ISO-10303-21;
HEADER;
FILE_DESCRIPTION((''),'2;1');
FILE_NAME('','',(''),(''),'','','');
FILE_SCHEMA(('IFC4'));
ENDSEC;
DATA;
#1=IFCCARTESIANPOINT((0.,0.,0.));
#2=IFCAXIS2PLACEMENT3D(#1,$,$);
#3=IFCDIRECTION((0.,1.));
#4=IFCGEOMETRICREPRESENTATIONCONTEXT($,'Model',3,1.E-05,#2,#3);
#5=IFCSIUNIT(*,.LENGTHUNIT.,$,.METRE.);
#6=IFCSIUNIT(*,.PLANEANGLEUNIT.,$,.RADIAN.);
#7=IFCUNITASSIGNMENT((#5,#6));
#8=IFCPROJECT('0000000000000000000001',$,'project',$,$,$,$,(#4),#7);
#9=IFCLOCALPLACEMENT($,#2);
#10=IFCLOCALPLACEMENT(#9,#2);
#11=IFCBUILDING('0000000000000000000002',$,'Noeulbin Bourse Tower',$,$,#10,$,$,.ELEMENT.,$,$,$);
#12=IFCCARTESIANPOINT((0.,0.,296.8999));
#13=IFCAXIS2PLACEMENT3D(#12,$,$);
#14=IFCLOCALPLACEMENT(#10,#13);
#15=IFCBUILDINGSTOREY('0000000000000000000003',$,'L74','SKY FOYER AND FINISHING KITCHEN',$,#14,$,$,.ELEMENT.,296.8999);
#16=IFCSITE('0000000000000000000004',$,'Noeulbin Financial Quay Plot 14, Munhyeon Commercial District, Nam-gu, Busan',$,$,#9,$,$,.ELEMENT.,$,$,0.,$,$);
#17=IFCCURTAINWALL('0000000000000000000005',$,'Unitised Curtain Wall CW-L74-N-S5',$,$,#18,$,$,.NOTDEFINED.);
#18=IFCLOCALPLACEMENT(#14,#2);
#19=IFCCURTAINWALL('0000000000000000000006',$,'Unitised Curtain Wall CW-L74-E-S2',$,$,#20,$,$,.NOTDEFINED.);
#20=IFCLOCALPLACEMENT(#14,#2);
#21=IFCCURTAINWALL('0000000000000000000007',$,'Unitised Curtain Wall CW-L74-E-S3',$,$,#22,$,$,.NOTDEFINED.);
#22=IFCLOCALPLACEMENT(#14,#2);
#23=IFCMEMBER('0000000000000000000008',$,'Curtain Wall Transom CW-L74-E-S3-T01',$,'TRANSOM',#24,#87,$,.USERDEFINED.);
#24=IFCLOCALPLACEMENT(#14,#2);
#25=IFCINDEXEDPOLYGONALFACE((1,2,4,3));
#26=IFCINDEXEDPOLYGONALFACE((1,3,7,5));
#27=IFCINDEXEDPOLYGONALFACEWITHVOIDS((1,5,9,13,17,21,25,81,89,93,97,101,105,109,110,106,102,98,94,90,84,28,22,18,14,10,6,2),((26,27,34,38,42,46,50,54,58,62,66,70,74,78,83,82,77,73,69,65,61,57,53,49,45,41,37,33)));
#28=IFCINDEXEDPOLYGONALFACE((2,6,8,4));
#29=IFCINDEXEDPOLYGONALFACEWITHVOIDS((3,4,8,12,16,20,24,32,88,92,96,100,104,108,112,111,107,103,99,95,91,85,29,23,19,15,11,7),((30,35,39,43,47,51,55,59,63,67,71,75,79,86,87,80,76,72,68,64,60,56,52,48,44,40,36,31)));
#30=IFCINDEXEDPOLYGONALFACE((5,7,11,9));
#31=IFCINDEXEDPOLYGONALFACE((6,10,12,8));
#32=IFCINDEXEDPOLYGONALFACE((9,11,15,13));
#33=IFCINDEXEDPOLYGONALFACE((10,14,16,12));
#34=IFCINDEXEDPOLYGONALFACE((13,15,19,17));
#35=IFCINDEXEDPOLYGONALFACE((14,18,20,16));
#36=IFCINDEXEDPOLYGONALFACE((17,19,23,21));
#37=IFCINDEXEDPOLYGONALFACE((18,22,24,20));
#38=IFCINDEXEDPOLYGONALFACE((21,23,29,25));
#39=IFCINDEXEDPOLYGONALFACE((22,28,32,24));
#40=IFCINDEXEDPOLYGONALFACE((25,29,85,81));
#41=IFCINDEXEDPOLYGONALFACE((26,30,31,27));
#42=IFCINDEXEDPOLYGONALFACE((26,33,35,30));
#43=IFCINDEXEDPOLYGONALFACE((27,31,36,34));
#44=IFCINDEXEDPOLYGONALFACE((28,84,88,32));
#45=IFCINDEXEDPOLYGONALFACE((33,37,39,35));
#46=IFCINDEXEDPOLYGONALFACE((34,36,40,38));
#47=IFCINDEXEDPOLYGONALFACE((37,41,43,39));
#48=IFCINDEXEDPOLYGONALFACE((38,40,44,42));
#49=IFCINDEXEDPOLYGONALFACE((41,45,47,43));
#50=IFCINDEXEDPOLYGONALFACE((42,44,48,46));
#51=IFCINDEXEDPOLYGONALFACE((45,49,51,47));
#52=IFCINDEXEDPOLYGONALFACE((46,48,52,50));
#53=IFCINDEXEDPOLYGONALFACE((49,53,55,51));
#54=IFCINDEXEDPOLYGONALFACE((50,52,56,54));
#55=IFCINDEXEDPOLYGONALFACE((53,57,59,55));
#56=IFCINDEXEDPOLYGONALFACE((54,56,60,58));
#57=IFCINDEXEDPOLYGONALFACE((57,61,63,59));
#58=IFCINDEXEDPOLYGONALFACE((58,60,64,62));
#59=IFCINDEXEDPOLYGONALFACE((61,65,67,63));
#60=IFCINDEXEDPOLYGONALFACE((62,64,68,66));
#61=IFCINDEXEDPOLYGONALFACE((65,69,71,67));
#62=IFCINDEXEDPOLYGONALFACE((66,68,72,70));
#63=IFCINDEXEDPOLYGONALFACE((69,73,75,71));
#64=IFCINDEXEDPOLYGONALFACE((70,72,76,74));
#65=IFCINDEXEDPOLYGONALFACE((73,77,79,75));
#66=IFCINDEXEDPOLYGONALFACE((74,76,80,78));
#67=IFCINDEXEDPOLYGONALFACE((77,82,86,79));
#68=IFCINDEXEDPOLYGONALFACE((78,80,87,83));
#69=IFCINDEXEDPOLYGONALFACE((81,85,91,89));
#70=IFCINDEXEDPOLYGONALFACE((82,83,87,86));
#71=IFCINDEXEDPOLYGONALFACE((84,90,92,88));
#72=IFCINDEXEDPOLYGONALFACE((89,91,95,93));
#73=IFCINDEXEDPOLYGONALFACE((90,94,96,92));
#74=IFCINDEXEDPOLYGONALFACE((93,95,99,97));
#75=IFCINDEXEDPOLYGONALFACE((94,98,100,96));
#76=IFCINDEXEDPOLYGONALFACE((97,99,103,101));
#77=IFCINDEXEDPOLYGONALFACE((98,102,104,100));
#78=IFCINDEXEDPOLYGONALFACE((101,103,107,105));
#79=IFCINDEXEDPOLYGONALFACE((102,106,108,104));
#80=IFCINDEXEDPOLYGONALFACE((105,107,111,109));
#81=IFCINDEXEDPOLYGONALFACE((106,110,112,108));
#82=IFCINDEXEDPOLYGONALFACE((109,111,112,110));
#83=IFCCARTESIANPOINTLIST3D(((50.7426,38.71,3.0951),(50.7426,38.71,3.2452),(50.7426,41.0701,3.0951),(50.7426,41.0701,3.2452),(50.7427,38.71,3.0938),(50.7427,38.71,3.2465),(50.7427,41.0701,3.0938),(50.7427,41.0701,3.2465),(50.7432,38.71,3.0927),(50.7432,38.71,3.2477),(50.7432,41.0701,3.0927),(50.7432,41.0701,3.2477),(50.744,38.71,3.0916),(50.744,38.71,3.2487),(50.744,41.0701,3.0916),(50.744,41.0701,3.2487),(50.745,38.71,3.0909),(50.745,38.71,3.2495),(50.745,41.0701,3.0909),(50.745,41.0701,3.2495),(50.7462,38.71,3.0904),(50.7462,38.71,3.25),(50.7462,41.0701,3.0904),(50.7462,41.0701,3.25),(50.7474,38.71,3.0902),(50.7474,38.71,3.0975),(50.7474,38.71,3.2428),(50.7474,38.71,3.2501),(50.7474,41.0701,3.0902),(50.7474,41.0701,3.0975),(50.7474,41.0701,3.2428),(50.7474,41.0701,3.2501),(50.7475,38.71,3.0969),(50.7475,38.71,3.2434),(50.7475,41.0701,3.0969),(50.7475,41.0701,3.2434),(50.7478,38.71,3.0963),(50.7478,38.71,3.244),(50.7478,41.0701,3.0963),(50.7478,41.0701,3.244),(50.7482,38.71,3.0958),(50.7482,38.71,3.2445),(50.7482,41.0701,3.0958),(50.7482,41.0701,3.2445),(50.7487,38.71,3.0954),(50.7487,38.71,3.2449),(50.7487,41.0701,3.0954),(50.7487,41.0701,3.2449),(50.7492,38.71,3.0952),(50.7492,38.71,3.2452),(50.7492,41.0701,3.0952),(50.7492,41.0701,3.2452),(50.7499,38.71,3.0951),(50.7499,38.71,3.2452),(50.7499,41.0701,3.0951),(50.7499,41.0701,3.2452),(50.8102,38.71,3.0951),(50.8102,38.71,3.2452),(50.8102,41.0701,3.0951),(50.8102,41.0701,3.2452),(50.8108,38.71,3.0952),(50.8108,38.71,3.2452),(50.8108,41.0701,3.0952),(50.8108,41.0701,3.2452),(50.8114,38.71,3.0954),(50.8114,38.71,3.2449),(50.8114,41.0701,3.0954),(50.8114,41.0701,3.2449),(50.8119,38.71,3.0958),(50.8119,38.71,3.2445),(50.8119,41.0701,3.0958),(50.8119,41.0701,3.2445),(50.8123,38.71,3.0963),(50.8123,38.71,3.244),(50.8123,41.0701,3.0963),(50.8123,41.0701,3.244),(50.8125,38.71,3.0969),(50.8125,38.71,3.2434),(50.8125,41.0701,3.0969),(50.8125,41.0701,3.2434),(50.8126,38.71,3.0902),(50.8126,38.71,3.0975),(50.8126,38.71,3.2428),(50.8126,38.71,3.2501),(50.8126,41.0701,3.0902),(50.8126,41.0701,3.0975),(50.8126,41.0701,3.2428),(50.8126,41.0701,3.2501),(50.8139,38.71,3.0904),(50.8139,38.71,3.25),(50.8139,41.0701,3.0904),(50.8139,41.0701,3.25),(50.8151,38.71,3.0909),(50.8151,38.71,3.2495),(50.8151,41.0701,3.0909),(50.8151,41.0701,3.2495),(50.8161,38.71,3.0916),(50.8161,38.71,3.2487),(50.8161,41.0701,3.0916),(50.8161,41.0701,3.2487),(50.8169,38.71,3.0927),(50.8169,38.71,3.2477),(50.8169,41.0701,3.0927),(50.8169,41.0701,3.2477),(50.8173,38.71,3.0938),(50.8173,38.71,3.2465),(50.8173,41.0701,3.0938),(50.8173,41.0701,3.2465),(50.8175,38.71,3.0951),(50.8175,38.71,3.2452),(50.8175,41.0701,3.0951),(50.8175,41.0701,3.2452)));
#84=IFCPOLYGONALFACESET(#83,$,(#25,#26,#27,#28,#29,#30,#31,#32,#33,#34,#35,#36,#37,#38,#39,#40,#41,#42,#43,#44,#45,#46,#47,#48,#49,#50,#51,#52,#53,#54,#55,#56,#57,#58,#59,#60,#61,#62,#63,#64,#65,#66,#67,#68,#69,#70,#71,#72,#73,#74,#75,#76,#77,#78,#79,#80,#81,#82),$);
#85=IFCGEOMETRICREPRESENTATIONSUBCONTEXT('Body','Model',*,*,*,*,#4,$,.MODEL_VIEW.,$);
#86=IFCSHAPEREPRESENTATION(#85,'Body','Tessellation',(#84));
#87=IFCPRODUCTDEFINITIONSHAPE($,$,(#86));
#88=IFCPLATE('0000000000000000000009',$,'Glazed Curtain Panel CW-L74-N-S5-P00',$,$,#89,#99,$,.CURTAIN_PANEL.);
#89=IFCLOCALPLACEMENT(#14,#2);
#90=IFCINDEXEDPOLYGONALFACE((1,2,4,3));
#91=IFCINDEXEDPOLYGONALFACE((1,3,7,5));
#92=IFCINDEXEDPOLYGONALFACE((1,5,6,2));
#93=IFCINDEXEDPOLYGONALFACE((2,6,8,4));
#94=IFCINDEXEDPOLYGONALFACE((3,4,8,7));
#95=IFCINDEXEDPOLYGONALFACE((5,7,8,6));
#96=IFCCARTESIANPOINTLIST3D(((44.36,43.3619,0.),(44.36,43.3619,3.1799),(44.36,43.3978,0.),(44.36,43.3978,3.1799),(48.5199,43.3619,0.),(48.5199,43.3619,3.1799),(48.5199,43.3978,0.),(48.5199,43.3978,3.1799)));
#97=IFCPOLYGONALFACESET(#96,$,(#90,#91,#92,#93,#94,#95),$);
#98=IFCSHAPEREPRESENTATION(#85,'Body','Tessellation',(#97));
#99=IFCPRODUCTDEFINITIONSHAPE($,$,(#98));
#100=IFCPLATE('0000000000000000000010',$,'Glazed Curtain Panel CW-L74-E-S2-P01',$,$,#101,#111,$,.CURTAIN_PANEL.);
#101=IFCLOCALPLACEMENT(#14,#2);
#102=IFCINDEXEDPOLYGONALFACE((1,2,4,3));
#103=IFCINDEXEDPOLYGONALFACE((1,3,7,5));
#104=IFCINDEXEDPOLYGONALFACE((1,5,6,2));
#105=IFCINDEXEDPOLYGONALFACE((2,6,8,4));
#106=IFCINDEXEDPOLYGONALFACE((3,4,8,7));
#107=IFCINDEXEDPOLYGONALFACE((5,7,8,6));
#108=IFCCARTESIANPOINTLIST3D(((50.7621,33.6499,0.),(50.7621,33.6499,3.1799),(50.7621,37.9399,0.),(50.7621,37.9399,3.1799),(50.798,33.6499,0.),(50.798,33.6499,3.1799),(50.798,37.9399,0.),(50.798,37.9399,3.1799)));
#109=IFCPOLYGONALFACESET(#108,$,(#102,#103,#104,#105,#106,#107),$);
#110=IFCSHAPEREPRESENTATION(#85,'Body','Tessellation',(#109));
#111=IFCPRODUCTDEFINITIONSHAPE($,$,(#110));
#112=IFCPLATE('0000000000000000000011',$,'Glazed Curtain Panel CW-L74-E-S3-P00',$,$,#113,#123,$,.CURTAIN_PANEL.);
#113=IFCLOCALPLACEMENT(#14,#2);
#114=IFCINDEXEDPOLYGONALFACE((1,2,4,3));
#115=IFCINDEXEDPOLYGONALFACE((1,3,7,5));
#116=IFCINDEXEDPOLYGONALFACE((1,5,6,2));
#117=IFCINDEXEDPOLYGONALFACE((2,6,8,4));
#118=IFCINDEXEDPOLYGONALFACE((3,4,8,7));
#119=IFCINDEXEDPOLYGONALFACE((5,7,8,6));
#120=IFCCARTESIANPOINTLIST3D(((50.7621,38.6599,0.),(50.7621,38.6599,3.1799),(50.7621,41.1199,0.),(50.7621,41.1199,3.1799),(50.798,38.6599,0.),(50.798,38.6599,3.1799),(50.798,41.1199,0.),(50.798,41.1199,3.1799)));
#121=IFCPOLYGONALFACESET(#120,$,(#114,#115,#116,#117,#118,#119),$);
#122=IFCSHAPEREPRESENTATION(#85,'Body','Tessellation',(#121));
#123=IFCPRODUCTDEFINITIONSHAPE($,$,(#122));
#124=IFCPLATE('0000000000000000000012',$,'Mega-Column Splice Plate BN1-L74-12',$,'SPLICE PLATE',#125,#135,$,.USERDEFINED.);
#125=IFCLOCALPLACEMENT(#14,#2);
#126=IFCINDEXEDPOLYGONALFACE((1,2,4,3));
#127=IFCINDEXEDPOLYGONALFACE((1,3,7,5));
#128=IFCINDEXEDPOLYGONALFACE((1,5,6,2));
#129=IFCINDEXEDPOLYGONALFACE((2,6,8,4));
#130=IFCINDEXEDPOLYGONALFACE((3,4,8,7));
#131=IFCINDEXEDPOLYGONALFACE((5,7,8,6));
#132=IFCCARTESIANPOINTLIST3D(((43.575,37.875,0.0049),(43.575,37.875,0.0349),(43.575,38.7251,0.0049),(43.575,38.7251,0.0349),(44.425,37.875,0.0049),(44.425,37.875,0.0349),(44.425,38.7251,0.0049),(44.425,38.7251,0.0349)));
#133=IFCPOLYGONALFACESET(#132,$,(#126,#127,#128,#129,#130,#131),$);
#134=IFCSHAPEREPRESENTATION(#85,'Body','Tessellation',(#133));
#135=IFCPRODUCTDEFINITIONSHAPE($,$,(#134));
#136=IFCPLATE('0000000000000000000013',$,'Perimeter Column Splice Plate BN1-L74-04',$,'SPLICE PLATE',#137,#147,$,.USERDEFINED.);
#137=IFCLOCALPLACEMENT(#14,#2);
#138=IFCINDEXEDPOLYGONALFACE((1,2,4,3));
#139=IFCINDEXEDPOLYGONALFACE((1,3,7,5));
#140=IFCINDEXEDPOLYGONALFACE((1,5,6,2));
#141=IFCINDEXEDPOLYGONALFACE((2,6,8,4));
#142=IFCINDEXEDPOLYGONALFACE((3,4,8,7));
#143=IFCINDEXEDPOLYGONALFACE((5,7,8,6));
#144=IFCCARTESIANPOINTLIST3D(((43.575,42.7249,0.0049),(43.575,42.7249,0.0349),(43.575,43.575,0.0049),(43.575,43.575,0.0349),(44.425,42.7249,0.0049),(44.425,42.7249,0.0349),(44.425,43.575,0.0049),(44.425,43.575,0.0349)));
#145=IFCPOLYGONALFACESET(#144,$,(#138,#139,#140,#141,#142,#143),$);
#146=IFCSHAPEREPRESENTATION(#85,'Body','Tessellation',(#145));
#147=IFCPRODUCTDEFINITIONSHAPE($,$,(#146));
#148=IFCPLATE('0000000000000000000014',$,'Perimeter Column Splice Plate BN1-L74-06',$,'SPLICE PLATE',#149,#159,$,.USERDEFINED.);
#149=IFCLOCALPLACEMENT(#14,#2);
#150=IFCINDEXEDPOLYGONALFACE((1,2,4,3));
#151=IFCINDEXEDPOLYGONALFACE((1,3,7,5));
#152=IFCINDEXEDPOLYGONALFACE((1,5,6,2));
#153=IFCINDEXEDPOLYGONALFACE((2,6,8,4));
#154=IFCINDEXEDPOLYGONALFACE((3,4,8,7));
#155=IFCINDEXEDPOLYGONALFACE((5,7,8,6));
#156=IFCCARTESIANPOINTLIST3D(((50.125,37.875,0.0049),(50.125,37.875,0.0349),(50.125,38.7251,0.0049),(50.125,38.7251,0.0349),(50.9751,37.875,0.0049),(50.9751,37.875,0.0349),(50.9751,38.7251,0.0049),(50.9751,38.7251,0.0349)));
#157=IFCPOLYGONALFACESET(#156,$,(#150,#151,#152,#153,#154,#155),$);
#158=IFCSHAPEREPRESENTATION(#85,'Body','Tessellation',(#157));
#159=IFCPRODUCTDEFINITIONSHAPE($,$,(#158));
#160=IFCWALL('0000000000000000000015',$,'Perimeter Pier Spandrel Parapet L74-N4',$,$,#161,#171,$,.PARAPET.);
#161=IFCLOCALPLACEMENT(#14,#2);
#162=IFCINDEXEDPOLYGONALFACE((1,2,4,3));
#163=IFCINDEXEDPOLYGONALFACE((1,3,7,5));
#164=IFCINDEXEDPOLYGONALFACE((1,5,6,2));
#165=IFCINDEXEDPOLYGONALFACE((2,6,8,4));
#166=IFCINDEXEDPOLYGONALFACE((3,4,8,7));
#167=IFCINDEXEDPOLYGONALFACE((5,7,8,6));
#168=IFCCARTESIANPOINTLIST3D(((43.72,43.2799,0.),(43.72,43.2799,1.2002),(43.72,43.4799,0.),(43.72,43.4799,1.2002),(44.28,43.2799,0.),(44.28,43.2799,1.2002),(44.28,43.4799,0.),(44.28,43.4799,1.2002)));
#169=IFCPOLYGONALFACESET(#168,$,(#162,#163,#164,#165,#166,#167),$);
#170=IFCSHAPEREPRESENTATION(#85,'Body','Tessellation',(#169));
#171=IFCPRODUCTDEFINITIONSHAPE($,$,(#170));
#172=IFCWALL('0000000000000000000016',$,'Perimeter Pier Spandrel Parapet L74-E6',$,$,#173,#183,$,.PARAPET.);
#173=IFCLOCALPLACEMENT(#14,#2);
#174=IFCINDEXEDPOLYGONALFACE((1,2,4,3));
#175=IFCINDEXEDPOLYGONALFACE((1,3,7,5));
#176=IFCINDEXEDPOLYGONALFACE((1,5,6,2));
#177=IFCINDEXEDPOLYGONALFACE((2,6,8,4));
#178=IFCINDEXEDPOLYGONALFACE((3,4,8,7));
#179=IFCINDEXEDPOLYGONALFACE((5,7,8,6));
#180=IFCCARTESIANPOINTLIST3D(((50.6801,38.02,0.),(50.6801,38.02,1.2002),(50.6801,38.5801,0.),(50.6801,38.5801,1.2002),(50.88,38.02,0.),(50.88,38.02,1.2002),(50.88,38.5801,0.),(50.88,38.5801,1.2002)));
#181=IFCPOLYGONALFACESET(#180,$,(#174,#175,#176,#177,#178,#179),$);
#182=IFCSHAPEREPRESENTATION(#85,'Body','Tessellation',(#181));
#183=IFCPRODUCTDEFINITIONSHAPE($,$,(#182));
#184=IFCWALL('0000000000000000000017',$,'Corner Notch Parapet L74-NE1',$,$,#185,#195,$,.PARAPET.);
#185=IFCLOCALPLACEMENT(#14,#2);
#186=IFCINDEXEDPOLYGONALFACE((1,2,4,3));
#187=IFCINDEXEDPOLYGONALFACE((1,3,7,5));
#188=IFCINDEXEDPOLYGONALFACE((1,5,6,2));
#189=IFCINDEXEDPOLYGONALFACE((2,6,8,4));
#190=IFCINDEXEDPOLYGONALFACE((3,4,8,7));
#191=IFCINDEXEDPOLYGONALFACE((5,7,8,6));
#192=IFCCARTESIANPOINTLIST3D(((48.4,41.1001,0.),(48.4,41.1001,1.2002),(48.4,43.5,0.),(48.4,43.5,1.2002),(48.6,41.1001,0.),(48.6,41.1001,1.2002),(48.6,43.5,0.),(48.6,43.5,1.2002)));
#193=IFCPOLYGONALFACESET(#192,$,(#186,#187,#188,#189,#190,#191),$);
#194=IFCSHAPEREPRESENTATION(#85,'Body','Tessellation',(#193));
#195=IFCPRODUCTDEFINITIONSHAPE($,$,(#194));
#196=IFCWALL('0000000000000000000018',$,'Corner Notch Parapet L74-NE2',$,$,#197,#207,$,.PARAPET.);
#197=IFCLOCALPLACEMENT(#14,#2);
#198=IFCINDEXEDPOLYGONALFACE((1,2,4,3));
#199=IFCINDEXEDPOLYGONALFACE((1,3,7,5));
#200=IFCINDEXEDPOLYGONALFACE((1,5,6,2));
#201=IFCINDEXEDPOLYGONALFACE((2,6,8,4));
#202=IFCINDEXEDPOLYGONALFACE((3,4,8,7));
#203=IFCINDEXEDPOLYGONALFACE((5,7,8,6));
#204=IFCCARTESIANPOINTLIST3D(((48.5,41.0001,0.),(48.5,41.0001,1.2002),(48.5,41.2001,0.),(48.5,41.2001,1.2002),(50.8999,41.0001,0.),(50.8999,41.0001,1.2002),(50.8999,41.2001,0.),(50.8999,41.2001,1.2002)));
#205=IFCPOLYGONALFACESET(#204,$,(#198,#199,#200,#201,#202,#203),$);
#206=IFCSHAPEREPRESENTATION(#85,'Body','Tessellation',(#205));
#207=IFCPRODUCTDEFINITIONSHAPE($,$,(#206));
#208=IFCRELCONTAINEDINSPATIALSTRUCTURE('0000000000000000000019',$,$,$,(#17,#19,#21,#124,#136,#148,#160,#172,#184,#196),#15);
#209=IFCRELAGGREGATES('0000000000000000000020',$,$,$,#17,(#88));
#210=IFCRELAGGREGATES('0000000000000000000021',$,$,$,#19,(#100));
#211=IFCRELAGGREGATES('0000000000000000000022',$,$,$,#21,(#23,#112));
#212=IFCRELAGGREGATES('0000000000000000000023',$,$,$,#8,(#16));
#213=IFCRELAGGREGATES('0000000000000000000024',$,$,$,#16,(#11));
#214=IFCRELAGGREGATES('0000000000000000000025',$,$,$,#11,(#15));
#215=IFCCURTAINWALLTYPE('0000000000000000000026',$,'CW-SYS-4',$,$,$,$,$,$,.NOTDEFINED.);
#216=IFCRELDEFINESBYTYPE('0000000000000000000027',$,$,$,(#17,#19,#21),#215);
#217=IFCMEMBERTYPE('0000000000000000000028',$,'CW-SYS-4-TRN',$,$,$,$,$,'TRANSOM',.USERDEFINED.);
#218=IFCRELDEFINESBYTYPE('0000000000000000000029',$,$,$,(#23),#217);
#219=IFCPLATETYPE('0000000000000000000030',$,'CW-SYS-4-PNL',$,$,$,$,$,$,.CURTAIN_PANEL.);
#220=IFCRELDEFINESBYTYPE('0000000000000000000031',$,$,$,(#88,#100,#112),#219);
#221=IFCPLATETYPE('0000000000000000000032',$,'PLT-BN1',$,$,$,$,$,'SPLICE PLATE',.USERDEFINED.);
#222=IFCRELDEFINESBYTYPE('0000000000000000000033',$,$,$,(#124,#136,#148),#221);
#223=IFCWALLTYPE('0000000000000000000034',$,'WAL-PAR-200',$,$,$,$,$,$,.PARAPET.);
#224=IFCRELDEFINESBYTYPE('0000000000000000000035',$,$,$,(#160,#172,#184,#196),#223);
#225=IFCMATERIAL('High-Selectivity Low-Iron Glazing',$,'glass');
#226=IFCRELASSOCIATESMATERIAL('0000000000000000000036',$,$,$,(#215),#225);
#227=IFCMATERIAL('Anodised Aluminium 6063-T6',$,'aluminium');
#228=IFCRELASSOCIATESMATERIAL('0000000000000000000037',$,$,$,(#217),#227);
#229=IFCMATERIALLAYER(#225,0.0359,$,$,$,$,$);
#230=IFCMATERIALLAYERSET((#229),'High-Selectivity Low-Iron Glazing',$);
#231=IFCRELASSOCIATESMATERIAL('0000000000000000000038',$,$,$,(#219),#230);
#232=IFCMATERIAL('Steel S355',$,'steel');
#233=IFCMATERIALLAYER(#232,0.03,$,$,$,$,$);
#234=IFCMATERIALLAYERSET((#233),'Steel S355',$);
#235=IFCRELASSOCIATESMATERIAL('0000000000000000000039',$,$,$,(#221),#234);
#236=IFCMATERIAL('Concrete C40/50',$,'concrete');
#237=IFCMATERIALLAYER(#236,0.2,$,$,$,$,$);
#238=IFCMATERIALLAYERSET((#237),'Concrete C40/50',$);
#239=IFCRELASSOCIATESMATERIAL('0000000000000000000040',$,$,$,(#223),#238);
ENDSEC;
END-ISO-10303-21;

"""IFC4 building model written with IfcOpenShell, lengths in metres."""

from ifc_helpers import new_model, si_unit, direction, frame, frame_2d, origin, origin_2d, place, context, subcontext, project, spatial, rectangle, hollow_rectangle, extrude, material, layer, layer_set, material_profile, profile_set, type_object, element, aggregate, save


model = new_model("IFC4")

# Units and contexts
model_context = context("Model", 3, precision=1e-05, world=origin(), true_north=direction((0.0, 1.0)))
body_context = subcontext(model_context, "Body", "Model", "MODEL_VIEW")
ifc_project = project(units=[si_unit("LENGTHUNIT", "METRE"), si_unit("PLANEANGLEUNIT", "RADIAN")], contexts=[model_context])

# Site, building, storey
site_placement = place(None, origin())
site = spatial("IfcSite", under=ifc_project, at=site_placement, Name="Noeulbin Financial Quay Plot 14, Munhyeon Commercial District, Nam-gu, Busan", CompositionType="ELEMENT", RefElevation=0.0)
building_placement = place(site_placement, origin())
building = spatial("IfcBuilding", under=site, at=building_placement, Name="Noeulbin Bourse Tower", CompositionType="ELEMENT")
storey_placement = place(building_placement, frame((0.0, 0.0, 296.8999)))
storey = spatial("IfcBuildingStorey", under=building, at=storey_placement, Name="L74", Description="SKY FOYER AND FINISHING KITCHEN", CompositionType="ELEMENT", Elevation=296.8999)

# Shared definitions
ifc_material_1 = material(Name="Steel S355", Category="steel")

# Shared definitions
ifc_material_2 = material(Name="High-Selectivity Low-Iron Glazing", Category="glass")
curtain_wall_type = type_object("IfcCurtainWallType", Name="CW-SYS-4", PredefinedType="NOTDEFINED", material=ifc_material_2)
ifc_material_3 = material(Name="Anodised Aluminium 6063-T6", Category="aluminium")

# Curtain walls
curtain_wall_1_placement = place(storey_placement, origin())
curtain_wall_1 = element("IfcCurtainWall", 1, at=curtain_wall_1_placement, inside=storey, type_object=curtain_wall_type, Name="Unitised Curtain Wall CW-L74-N-S5", PredefinedType="NOTDEFINED")
curtain_wall_2_placement = place(storey_placement, origin())
curtain_wall_2 = element("IfcCurtainWall", 2, at=curtain_wall_2_placement, inside=storey, type_object=curtain_wall_type, Name="Unitised Curtain Wall CW-L74-E-S2", PredefinedType="NOTDEFINED")
curtain_wall_3_placement = place(storey_placement, origin())
curtain_wall_3 = element("IfcCurtainWall", 3, at=curtain_wall_3_placement, inside=storey, type_object=curtain_wall_type, Name="Unitised Curtain Wall CW-L74-E-S3", PredefinedType="NOTDEFINED")

# Member
ifc_material_profile_1 = material_profile(ifc_material_3, hollow_rectangle(XDim=0.075, YDim=0.1599, WallThickness=0.0049, InnerFilletRadius=0.0024, OuterFilletRadius=0.0049, at=origin_2d()), Name="ALU-TRAN-75x160x5", Category="LoadBearing")
ifc_profile_set_1 = profile_set([ifc_material_profile_1], Name="Anodised Aluminium 6063-T6")
member_type_1 = type_object("IfcMemberType", Name="CW-SYS-4-TRN", ElementType="TRANSOM", PredefinedType="USERDEFINED", material=ifc_profile_set_1)
member_1_placement = place(storey_placement, frame((50.78, 38.71, 3.1702), z_axis=(0.0, 1.0, 0.0), x_axis=(-1.0, 0.0, 0.0)))
member_1 = element("IfcMember", 4, at=member_1_placement, type_object=member_type_1, Name="Curtain Wall Transom CW-L74-E-S3-T01", ObjectType="TRANSOM", PredefinedType="USERDEFINED", context=body_context, shape_type="SweptSolid", body=[
    extrude(hollow_rectangle(XDim=0.075, YDim=0.1599, WallThickness=0.0049, InnerFilletRadius=0.0024, OuterFilletRadius=0.0049, at=origin_2d()), origin(), (0.0, 0.0, 1.0), 2.3601),
])

# Plates
ifc_layer_1 = layer(ifc_material_2, 0.0359)
ifc_layer_set_1 = layer_set([ifc_layer_1], Name="High-Selectivity Low-Iron Glazing")
plate_type_1 = type_object("IfcPlateType", Name="CW-SYS-4-PNL", PredefinedType="CURTAIN_PANEL", material=ifc_layer_set_1)
plate_1_placement = place(storey_placement, frame((46.4399, 43.3799, 0.0), z_axis=(0.0, 0.0, 1.0), x_axis=(1.0, 0.0, 0.0)))
plate_1 = element("IfcPlate", 5, at=plate_1_placement, type_object=plate_type_1, Name="Glazed Curtain Panel CW-L74-N-S5-P00", PredefinedType="CURTAIN_PANEL", context=body_context, shape_type="SweptSolid", body=[
    extrude(rectangle(XDim=4.1599, YDim=0.0359, at=origin_2d()), origin(), (0.0, 0.0, 1.0), 3.1799),
])
aggregate(curtain_wall_1, [plate_1])
plate_2_placement = place(storey_placement, frame((50.78, 35.7949, 0.0), z_axis=(0.0, 0.0, 1.0), x_axis=(0.0, 1.0, 0.0)))
plate_2 = element("IfcPlate", 6, at=plate_2_placement, type_object=plate_type_1, Name="Glazed Curtain Panel CW-L74-E-S2-P01", PredefinedType="CURTAIN_PANEL", context=body_context, shape_type="SweptSolid", body=[
    extrude(rectangle(XDim=4.29, YDim=0.0359, at=origin_2d()), origin(), (0.0, 0.0, 1.0), 3.1799),
])
aggregate(curtain_wall_2, [plate_2])
plate_3_placement = place(storey_placement, frame((50.78, 39.8899, 0.0), z_axis=(0.0, 0.0, 1.0), x_axis=(0.0, 1.0, 0.0)))
plate_3 = element("IfcPlate", 7, at=plate_3_placement, type_object=plate_type_1, Name="Glazed Curtain Panel CW-L74-E-S3-P00", PredefinedType="CURTAIN_PANEL", context=body_context, shape_type="SweptSolid", body=[
    extrude(rectangle(XDim=2.46, YDim=0.0359, at=origin_2d()), origin(), (0.0, 0.0, 1.0), 3.1799),
])
aggregate(curtain_wall_3, [member_1, plate_3])

# Plates
ifc_layer_2 = layer(ifc_material_1, 0.03)
ifc_layer_set_2 = layer_set([ifc_layer_2], Name="Steel S355")
plate_type_2 = type_object("IfcPlateType", Name="PLT-BN1", ElementType="SPLICE PLATE", PredefinedType="USERDEFINED", material=ifc_layer_set_2)
for number, where, z_axis, x_axis, name in (
    (8, (44.0, 38.3, 0.0049), (0.0, 0.0, 1.0), (1.0, 0.0, 0.0), "Mega-Column Splice Plate BN1-L74-12"),
    (9, (44.0, 43.1499, 0.0049), (0.0, 0.0, 1.0), (1.0, 0.0, 0.0), "Perimeter Column Splice Plate BN1-L74-04"),
    (10, (50.55, 38.3, 0.0049), (0.0, 0.0, 1.0), (1.0, 0.0, 0.0), "Perimeter Column Splice Plate BN1-L74-06"),
):
    element("IfcPlate", number, at=place(storey_placement, frame(where, z_axis=z_axis, x_axis=x_axis)), inside=storey, type_object=plate_type_2, Name=name, ObjectType="SPLICE PLATE", PredefinedType="USERDEFINED", context=body_context, shape_type="SweptSolid", body=[
        extrude(rectangle(XDim=0.8501, YDim=0.8501, at=origin_2d()), origin(), (0.0, 0.0, 1.0), 0.03),
    ])

# Walls
ifc_material_4 = material(Name="Concrete C40/50", Category="concrete")
ifc_layer_3 = layer(ifc_material_4, 0.2)
ifc_layer_set_3 = layer_set([ifc_layer_3], Name="Concrete C40/50")
wall_type_1 = type_object("IfcWallType", Name="WAL-PAR-200", PredefinedType="PARAPET", material=ifc_layer_set_3)
for number, where, z_axis, x_axis, name in (
    (11, (43.72, 43.3799, 0.0), (0.0, 0.0, 1.0), (1.0, 0.0, 0.0), "Perimeter Pier Spandrel Parapet L74-N4"),
    (12, (50.78, 38.02, 0.0), (0.0, 0.0, 1.0), (0.0, 1.0, 0.0), "Perimeter Pier Spandrel Parapet L74-E6"),
):
    element("IfcWall", number, at=place(storey_placement, frame(where, z_axis=z_axis, x_axis=x_axis)), inside=storey, type_object=wall_type_1, Name=name, PredefinedType="PARAPET", context=body_context, shape_type="SweptSolid", body=[
        extrude(rectangle(XDim=0.5601, YDim=0.2, at=frame_2d((0.28, 0.0))), origin(), (0.0, 0.0, 1.0), 1.2002),
    ])
for number, where, z_axis, x_axis, name in (
    (13, (48.5, 43.5, 0.0), (0.0, 0.0, 1.0), (0.0, -1.0, 0.0), "Corner Notch Parapet L74-NE1"),
    (14, (48.5, 41.1001, 0.0), (0.0, 0.0, 1.0), (1.0, 0.0, 0.0), "Corner Notch Parapet L74-NE2"),
):
    element("IfcWall", number, at=place(storey_placement, frame(where, z_axis=z_axis, x_axis=x_axis)), inside=storey, type_object=wall_type_1, Name=name, PredefinedType="PARAPET", context=body_context, shape_type="SweptSolid", body=[
        extrude(rectangle(XDim=2.3999, YDim=0.2, at=frame_2d((1.2, 0.0))), origin(), (0.0, 0.0, 1.0), 1.2002),
    ])

save(model, "model.ifc")
